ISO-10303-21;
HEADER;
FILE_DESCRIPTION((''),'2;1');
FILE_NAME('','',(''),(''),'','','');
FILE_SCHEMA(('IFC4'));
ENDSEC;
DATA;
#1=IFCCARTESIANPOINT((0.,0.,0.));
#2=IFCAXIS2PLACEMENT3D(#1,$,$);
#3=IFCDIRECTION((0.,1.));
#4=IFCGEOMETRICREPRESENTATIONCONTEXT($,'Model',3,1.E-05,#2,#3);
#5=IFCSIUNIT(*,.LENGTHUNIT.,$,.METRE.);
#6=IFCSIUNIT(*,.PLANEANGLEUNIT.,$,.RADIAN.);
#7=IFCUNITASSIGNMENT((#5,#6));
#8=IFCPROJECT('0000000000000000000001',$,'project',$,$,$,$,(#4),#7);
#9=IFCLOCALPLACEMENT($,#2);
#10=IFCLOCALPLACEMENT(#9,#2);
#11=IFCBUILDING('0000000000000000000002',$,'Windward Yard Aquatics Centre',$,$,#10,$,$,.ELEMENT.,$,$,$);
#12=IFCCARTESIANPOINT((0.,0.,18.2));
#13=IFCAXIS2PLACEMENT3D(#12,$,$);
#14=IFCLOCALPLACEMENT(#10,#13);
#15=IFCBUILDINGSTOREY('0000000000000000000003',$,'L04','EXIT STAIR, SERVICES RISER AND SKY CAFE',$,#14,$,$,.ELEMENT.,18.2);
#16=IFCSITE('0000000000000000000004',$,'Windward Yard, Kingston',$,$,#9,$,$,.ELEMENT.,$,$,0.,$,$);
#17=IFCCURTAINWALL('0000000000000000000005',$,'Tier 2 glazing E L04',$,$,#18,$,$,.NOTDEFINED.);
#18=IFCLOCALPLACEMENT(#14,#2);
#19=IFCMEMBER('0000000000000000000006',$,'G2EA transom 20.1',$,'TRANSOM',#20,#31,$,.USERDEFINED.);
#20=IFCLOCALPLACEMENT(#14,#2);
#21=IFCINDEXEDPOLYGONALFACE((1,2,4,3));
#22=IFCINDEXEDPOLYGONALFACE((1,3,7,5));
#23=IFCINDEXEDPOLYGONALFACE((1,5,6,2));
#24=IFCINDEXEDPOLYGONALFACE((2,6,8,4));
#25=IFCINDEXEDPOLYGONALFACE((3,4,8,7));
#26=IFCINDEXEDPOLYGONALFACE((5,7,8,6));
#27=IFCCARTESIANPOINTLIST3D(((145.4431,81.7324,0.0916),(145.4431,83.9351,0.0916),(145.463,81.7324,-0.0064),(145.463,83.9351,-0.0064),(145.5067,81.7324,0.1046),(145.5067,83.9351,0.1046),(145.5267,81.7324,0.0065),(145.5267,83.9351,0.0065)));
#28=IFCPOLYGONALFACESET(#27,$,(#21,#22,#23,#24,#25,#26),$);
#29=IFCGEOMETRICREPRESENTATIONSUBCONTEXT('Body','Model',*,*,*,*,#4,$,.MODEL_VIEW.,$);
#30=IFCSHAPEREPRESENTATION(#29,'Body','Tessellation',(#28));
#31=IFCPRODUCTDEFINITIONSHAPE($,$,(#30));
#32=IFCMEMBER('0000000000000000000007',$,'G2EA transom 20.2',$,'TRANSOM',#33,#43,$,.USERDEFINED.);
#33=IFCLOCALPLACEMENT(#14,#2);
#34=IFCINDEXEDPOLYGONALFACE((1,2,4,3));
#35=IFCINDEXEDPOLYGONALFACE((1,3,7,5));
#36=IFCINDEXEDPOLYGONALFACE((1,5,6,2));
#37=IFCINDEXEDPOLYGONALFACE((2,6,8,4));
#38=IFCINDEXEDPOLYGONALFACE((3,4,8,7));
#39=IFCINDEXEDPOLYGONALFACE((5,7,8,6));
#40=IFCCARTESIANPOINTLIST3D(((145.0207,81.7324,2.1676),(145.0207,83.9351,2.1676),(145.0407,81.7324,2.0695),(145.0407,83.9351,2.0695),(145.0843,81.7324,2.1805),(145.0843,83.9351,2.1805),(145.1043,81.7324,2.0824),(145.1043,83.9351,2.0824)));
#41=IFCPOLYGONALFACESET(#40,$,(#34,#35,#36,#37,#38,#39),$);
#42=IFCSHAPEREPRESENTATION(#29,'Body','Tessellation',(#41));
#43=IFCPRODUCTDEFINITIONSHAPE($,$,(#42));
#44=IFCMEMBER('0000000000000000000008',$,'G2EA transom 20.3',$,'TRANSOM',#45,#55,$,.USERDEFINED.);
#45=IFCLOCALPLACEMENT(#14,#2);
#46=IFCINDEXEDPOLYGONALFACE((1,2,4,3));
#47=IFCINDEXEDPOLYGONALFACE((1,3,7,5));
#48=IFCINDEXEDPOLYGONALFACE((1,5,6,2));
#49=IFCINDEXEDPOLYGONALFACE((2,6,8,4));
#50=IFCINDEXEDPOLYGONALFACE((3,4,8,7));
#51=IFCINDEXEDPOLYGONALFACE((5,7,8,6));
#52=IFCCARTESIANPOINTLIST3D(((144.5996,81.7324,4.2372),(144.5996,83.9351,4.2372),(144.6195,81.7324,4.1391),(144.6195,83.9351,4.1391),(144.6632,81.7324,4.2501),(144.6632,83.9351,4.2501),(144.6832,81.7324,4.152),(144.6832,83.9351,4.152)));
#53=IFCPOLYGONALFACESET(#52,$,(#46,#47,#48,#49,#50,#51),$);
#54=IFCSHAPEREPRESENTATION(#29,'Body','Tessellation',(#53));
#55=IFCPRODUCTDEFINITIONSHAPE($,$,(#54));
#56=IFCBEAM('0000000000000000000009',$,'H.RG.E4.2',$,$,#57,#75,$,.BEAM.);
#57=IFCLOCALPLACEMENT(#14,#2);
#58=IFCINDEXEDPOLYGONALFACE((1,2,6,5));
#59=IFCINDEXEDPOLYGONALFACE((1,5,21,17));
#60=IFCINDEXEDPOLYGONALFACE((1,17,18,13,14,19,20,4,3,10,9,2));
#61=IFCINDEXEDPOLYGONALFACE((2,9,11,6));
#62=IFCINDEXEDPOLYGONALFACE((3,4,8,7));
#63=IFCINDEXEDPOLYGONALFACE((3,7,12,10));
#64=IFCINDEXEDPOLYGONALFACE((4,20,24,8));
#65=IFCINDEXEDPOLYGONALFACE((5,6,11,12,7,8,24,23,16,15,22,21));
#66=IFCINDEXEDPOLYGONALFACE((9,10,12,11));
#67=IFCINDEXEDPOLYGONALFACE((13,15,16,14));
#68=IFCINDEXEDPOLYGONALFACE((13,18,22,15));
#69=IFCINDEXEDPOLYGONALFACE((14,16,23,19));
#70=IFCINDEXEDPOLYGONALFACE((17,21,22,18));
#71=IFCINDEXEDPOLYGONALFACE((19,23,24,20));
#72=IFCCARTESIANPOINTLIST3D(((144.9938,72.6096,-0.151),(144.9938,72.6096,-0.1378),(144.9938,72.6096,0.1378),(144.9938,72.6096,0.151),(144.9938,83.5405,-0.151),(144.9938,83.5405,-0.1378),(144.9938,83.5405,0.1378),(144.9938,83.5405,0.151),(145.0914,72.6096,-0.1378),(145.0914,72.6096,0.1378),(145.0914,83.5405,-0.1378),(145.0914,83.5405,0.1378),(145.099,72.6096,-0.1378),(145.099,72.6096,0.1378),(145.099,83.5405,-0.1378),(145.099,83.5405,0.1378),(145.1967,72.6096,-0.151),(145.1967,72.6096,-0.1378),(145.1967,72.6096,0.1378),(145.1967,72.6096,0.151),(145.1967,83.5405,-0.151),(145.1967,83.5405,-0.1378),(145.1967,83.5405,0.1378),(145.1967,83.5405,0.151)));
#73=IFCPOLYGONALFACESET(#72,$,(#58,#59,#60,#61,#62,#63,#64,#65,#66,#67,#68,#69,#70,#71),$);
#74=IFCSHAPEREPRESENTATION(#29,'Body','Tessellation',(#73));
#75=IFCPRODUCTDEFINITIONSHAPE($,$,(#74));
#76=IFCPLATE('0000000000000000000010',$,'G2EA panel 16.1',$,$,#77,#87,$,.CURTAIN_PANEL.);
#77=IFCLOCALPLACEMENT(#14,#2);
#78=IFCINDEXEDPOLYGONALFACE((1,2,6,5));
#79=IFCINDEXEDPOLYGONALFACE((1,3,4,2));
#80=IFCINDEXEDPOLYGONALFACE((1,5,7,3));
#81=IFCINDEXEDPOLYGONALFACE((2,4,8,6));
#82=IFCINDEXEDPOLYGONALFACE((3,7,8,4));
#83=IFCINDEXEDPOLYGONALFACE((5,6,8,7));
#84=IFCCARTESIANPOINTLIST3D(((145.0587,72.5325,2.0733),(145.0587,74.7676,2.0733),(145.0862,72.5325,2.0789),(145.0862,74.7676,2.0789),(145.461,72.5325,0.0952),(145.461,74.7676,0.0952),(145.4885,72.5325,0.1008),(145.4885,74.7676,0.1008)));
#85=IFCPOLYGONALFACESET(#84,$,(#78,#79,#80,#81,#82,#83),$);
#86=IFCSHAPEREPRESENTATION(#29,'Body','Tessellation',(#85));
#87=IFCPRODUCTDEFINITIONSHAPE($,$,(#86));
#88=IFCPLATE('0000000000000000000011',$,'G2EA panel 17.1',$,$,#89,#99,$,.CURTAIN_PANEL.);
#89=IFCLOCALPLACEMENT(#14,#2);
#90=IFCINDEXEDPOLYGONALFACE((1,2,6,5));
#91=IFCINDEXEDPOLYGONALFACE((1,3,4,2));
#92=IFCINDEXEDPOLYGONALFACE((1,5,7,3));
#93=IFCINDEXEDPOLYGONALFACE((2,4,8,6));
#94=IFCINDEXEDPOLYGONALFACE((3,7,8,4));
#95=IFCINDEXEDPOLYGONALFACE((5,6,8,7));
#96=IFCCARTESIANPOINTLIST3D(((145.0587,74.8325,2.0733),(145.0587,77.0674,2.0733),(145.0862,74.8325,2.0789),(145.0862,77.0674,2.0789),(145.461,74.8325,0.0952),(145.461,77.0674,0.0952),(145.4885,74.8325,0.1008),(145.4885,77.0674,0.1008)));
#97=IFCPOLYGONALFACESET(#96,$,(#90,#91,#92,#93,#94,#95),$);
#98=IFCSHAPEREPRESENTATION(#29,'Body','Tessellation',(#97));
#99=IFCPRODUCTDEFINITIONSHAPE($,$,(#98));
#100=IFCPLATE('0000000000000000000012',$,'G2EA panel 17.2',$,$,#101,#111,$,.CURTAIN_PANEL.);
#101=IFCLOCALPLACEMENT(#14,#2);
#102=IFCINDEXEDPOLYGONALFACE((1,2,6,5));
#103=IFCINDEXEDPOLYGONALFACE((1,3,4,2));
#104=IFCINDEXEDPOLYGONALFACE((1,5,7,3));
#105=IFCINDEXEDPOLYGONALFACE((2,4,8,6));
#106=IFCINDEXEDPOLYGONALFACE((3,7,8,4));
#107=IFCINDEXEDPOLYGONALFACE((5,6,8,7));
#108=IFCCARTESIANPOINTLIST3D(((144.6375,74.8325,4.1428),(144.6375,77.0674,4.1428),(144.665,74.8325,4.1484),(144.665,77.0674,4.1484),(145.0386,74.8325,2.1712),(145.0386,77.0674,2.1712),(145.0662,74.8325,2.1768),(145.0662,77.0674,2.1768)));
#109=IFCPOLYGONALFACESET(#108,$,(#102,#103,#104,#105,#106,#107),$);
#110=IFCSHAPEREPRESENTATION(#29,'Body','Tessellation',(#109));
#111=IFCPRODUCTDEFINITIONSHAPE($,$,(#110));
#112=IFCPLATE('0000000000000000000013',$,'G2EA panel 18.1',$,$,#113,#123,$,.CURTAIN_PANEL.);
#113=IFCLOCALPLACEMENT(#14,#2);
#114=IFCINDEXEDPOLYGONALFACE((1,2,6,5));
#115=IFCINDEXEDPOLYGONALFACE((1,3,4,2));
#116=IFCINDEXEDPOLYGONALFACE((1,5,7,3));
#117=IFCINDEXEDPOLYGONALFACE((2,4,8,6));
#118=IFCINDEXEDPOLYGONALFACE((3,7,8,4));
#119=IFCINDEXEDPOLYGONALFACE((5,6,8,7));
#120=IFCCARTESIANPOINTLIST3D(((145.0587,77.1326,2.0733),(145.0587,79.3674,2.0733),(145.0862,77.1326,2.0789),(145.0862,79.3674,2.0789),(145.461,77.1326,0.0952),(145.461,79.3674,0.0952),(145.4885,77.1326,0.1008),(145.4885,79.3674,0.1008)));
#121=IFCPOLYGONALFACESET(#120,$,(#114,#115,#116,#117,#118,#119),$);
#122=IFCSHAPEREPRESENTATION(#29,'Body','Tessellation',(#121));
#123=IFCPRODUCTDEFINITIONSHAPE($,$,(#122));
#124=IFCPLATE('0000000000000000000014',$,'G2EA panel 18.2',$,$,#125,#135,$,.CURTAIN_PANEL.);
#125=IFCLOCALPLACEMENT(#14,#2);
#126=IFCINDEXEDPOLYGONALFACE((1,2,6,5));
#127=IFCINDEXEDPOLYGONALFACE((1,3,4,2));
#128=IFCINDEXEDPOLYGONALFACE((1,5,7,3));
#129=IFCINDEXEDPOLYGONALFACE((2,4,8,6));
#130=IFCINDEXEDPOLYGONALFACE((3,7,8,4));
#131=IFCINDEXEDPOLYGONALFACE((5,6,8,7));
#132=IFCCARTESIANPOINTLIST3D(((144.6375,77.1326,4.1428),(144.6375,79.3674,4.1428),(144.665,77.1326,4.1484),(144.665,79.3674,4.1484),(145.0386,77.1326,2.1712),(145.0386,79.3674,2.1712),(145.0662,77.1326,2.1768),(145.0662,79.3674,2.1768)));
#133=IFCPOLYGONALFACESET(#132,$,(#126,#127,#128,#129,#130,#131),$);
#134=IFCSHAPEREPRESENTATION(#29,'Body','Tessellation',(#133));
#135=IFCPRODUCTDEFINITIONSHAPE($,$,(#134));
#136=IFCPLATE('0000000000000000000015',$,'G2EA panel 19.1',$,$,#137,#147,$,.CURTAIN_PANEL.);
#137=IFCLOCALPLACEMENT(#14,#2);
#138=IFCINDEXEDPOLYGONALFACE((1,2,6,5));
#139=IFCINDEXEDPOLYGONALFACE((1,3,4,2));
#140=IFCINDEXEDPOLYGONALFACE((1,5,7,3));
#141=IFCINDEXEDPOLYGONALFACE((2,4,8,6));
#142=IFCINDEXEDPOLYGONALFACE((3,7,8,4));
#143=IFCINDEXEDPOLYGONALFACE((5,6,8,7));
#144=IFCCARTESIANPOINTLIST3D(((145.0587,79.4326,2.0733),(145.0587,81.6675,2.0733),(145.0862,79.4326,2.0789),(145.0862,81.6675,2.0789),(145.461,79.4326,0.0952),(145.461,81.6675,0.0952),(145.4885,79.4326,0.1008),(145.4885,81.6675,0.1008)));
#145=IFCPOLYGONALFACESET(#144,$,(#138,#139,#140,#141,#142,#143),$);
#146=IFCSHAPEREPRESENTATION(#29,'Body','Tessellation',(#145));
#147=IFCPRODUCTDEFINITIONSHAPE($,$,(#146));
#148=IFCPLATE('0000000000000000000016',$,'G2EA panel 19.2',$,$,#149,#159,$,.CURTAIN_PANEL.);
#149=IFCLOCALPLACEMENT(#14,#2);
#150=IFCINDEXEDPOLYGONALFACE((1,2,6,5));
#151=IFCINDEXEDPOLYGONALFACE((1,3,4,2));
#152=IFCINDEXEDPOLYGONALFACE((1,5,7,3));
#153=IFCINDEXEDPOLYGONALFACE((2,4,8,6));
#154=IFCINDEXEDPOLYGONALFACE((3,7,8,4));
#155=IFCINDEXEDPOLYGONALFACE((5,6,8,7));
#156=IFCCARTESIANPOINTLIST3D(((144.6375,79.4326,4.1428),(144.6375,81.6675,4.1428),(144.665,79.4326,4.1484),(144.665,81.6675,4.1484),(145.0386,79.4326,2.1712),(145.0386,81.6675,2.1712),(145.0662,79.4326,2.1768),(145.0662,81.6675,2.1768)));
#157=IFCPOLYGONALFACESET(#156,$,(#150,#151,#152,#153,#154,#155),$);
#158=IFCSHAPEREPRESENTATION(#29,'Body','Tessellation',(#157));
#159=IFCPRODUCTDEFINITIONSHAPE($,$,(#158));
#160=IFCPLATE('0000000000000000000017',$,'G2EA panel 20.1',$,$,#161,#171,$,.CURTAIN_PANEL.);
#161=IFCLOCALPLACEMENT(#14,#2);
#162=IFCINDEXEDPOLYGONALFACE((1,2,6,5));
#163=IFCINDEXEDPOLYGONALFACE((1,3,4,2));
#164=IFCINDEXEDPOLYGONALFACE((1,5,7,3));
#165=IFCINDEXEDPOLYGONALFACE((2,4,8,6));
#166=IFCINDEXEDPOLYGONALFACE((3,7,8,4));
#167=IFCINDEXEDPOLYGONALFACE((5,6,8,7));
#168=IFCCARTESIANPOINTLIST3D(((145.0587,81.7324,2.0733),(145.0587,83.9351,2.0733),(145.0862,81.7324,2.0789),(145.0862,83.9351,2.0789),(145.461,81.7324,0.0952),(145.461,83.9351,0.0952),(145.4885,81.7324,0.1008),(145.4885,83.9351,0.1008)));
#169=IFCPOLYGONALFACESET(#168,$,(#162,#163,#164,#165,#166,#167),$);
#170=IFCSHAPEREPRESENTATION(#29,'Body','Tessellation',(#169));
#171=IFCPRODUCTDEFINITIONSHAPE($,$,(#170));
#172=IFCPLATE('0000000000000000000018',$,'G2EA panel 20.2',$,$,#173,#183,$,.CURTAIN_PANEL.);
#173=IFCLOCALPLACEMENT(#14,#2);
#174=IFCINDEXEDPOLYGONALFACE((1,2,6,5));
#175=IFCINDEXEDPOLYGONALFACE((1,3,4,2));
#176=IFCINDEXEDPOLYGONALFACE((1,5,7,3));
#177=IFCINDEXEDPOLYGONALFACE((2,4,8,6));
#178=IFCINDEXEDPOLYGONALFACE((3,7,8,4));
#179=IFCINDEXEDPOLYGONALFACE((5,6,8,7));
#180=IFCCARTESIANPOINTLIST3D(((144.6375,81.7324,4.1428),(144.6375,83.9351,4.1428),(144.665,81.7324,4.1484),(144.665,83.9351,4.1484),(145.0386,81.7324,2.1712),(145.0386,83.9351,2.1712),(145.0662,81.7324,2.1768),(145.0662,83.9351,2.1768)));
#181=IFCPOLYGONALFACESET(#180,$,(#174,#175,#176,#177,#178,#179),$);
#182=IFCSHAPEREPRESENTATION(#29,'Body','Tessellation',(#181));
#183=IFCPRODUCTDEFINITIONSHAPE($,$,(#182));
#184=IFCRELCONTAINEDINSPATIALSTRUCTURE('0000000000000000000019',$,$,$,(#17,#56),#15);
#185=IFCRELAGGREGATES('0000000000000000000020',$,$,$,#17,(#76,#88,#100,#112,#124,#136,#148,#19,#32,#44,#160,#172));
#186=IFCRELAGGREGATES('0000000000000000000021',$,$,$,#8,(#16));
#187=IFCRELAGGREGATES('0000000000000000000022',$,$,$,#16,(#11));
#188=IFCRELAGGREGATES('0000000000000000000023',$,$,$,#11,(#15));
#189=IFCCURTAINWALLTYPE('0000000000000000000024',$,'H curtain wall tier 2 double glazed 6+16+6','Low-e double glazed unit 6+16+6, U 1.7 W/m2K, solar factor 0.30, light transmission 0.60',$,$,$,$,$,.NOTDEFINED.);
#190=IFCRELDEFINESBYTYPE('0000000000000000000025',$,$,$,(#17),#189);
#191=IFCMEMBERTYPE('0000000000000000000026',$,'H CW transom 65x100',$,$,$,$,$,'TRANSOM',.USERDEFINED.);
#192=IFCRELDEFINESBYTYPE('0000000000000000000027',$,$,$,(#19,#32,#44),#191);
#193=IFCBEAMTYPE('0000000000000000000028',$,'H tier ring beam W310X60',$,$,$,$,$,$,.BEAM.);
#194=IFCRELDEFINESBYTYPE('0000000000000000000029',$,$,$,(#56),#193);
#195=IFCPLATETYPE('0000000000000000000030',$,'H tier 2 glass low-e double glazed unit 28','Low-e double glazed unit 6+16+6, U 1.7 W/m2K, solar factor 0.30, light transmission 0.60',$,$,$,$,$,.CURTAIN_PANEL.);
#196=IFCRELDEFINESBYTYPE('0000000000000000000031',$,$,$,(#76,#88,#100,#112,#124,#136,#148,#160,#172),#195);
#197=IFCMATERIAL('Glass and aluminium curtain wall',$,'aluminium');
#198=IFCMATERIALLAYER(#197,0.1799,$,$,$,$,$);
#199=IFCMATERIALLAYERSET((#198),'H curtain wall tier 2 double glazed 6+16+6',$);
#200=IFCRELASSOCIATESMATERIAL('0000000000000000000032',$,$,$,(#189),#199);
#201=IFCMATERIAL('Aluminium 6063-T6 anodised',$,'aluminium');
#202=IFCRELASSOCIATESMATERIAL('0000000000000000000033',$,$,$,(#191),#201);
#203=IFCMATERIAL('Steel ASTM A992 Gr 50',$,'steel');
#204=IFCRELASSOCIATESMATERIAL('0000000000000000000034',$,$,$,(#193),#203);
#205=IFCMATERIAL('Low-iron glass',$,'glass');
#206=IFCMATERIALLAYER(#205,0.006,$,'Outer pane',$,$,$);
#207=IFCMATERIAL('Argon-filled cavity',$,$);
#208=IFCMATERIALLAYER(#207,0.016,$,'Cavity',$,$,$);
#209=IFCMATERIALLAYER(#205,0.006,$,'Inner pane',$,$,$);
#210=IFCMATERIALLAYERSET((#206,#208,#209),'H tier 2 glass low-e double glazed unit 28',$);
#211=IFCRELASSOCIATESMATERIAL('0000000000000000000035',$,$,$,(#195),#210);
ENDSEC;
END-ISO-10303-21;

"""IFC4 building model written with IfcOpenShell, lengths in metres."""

from ifc_helpers import new_model, si_unit, direction, frame, origin, origin_2d, place, context, subcontext, project, spatial, polyline, rectangle, i_section, outline, extrude, material, layer, layer_set, material_profile, profile_set, type_object, element, aggregate, save


model = new_model("IFC4")

# Units and contexts
model_context = context("Model", 3, precision=1e-05, world=origin(), true_north=direction((0.0, 1.0)))
body_context = subcontext(model_context, "Body", "Model", "MODEL_VIEW")
ifc_project = project(units=[si_unit("LENGTHUNIT", "METRE"), si_unit("PLANEANGLEUNIT", "RADIAN")], contexts=[model_context])

# Site, building, storey
site_placement = place(None, origin())
site = spatial("IfcSite", under=ifc_project, at=site_placement, Name="Windward Yard, Kingston", CompositionType="ELEMENT", RefElevation=0.0)
building_placement = place(site_placement, origin())
building = spatial("IfcBuilding", under=site, at=building_placement, Name="Windward Yard Aquatics Centre", CompositionType="ELEMENT")
storey_placement = place(building_placement, frame((0.0, 0.0, 18.2)))
storey = spatial("IfcBuildingStorey", under=building, at=storey_placement, Name="L04", Description="EXIT STAIR, SERVICES RISER AND SKY CAFE", CompositionType="ELEMENT", Elevation=18.2)

# Curtain wall, members
ifc_material_1 = material(Name="Glass and aluminium curtain wall", Category="aluminium")
ifc_layer_1 = layer(ifc_material_1, 0.1799)
ifc_layer_set_1 = layer_set([ifc_layer_1], Name="H curtain wall tier 2 double glazed 6+16+6")
curtain_wall_type = type_object("IfcCurtainWallType", Name="H curtain wall tier 2 double glazed 6+16+6", Description="Low-e double glazed unit 6+16+6, U 1.7 W/m2K, solar factor 0.30, light transmission 0.60", PredefinedType="NOTDEFINED", material=ifc_layer_set_1)
curtain_wall_placement = place(storey_placement, origin())
curtain_wall = element("IfcCurtainWall", 1, at=curtain_wall_placement, inside=storey, type_object=curtain_wall_type, Name="Tier 2 glazing E L04", PredefinedType="NOTDEFINED")
ifc_material_2 = material(Name="Aluminium 6063-T6 anodised", Category="aluminium")
ifc_material_profile_1 = material_profile(ifc_material_2, rectangle(XDim=0.0649, YDim=0.1001, at=origin_2d()), Name="H CW transom 65x100")
ifc_profile_set_1 = profile_set([ifc_material_profile_1], Name="Aluminium 6063-T6 anodised")
member_type = type_object("IfcMemberType", Name="H CW transom 65x100", ElementType="TRANSOM", PredefinedType="USERDEFINED", material=ifc_profile_set_1)
member_1_placement = place(storey_placement, frame((145.4849, 81.7324, 0.0491), z_axis=(0.0, 1.0, 0.0), x_axis=(0.979925, 0.0, 0.199368)))
member_1 = element("IfcMember", 2, at=member_1_placement, type_object=member_type, Name="G2EA transom 20.1", ObjectType="TRANSOM", PredefinedType="USERDEFINED", context=body_context, shape_type="SweptSolid", body=[
    extrude(rectangle(XDim=0.0649, YDim=0.1001, at=origin_2d()), origin(), (0.0, 0.0, 1.0), 2.2026),
])
member_2_placement = place(storey_placement, frame((145.0625, 81.7324, 2.125), z_axis=(0.0, 1.0, 0.0), x_axis=(0.979925, 0.0, 0.199368)))
member_2 = element("IfcMember", 3, at=member_2_placement, type_object=member_type, Name="G2EA transom 20.2", ObjectType="TRANSOM", PredefinedType="USERDEFINED", context=body_context, shape_type="SweptSolid", body=[
    extrude(rectangle(XDim=0.0649, YDim=0.1001, at=origin_2d()), origin(), (0.0, 0.0, 1.0), 2.2026),
])
member_3_placement = place(storey_placement, frame((144.6414, 81.7324, 4.1946), z_axis=(0.0, 1.0, 0.0), x_axis=(0.979925, 0.0, 0.199368)))
member_3 = element("IfcMember", 4, at=member_3_placement, type_object=member_type, Name="G2EA transom 20.3", ObjectType="TRANSOM", PredefinedType="USERDEFINED", context=body_context, shape_type="SweptSolid", body=[
    extrude(rectangle(XDim=0.0649, YDim=0.1001, at=origin_2d()), origin(), (0.0, 0.0, 1.0), 2.2026),
])

# Beam
ifc_material_3 = material(Name="Steel ASTM A992 Gr 50", Category="steel")
ifc_material_profile_2 = material_profile(ifc_material_3, i_section(OverallWidth=0.2029, OverallDepth=0.302, WebThickness=0.0076, FlangeThickness=0.0132, at=origin_2d()), Name="W310X60")
ifc_profile_set_2 = profile_set([ifc_material_profile_2], Name="Steel ASTM A992 Gr 50")
beam_type = type_object("IfcBeamType", Name="H tier ring beam W310X60", PredefinedType="BEAM", material=ifc_profile_set_2)
beam_placement = place(storey_placement, frame((145.0952, 72.6096, 0.0), z_axis=(0.0, 1.0, 0.0), x_axis=(-1.0, 0.0, 0.0)))
element("IfcBeam", 5, at=beam_placement, inside=storey, type_object=beam_type, Name="H.RG.E4.2", PredefinedType="BEAM", context=body_context, shape_type="SweptSolid", body=[
    extrude(i_section(OverallWidth=0.2029, OverallDepth=0.302, WebThickness=0.0076, FlangeThickness=0.0132, at=origin_2d()), origin(), (0.0, 0.0, 1.0), 10.9309),
])

# Plates
ifc_material_4 = material(Name="Low-iron glass", Category="glass")
ifc_layer_2 = layer(ifc_material_4, 0.006, Name="Outer pane")
ifc_material_5 = material(Name="Argon-filled cavity")
ifc_layer_3 = layer(ifc_material_5, 0.016, Name="Cavity")
ifc_layer_4 = layer(ifc_material_4, 0.006, Name="Inner pane")
ifc_layer_set_2 = layer_set([ifc_layer_2, ifc_layer_3, ifc_layer_4], Name="H tier 2 glass low-e double glazed unit 28")
plate_type = type_object("IfcPlateType", Name="H tier 2 glass low-e double glazed unit 28", Description="Low-e double glazed unit 6+16+6, U 1.7 W/m2K, solar factor 0.30, light transmission 0.60", PredefinedType="CURTAIN_PANEL", material=ifc_layer_set_2)
plate_1_placement = place(storey_placement, frame((145.0862, 72.5325, 2.0789), z_axis=(0.979933, 0.0, 0.199325), x_axis=(0.199325, 0.0, -0.979933)))
plate_1 = element("IfcPlate", 6, at=plate_1_placement, type_object=plate_type, Name="G2EA panel 16.1", PredefinedType="CURTAIN_PANEL", context=body_context, shape_type="SweptSolid", body=[
    extrude(outline(polyline([(0.0, 0.0), (2.0185, 0.0), (2.0185, 2.2351), (0.0, 2.2351), (0.0, 0.0)])), origin(), (0.0, 0.0, -1.0), 0.0281),
])
plate_2_placement = place(storey_placement, frame((145.0862, 74.8325, 2.0789), z_axis=(0.979933, 0.0, 0.199325), x_axis=(0.199325, 0.0, -0.979933)))
plate_2 = element("IfcPlate", 7, at=plate_2_placement, type_object=plate_type, Name="G2EA panel 17.1", PredefinedType="CURTAIN_PANEL", context=body_context, shape_type="SweptSolid", body=[
    extrude(outline(polyline([(0.0, 0.0), (2.0185, 0.0), (2.0185, 2.2349), (0.0, 2.2349), (0.0, 0.0)])), origin(), (0.0, 0.0, -1.0), 0.0281),
])
plate_3_placement = place(storey_placement, frame((144.665, 74.8325, 4.1484), z_axis=(0.979927, 0.0, 0.199359), x_axis=(0.199359, 0.0, -0.979927)))
plate_3 = element("IfcPlate", 8, at=plate_3_placement, type_object=plate_type, Name="G2EA panel 17.2", PredefinedType="CURTAIN_PANEL", context=body_context, shape_type="SweptSolid", body=[
    extrude(outline(polyline([(0.0, 0.0), (2.0121, 0.0), (2.0121, 2.2349), (0.0, 2.2349), (0.0, 0.0)])), origin(), (0.0, 0.0, -1.0), 0.0281),
])
plate_4_placement = place(storey_placement, frame((145.0862, 77.1326, 2.0789), z_axis=(0.979933, 0.0, 0.199325), x_axis=(0.199325, 0.0, -0.979933)))
plate_4 = element("IfcPlate", 9, at=plate_4_placement, type_object=plate_type, Name="G2EA panel 18.1", PredefinedType="CURTAIN_PANEL", context=body_context, shape_type="SweptSolid", body=[
    extrude(outline(polyline([(0.0, 0.0), (2.0185, 0.0), (2.0185, 2.2349), (0.0, 2.2349), (0.0, 0.0)])), origin(), (0.0, 0.0, -1.0), 0.0281),
])
plate_5_placement = place(storey_placement, frame((144.665, 77.1326, 4.1484), z_axis=(0.979927, 0.0, 0.199359), x_axis=(0.199359, 0.0, -0.979927)))
plate_5 = element("IfcPlate", 10, at=plate_5_placement, type_object=plate_type, Name="G2EA panel 18.2", PredefinedType="CURTAIN_PANEL", context=body_context, shape_type="SweptSolid", body=[
    extrude(outline(polyline([(0.0, 0.0), (2.0121, 0.0), (2.0121, 2.2349), (0.0, 2.2349), (0.0, 0.0)])), origin(), (0.0, 0.0, -1.0), 0.0281),
])
plate_6_placement = place(storey_placement, frame((145.0862, 79.4326, 2.0789), z_axis=(0.979933, 0.0, 0.199325), x_axis=(0.199325, 0.0, -0.979933)))
plate_6 = element("IfcPlate", 11, at=plate_6_placement, type_object=plate_type, Name="G2EA panel 19.1", PredefinedType="CURTAIN_PANEL", context=body_context, shape_type="SweptSolid", body=[
    extrude(outline(polyline([(0.0, 0.0), (2.0185, 0.0), (2.0185, 2.2349), (0.0, 2.2349), (0.0, 0.0)])), origin(), (0.0, 0.0, -1.0), 0.0281),
])
plate_7_placement = place(storey_placement, frame((144.665, 79.4326, 4.1484), z_axis=(0.979927, 0.0, 0.199359), x_axis=(0.199359, 0.0, -0.979927)))
plate_7 = element("IfcPlate", 12, at=plate_7_placement, type_object=plate_type, Name="G2EA panel 19.2", PredefinedType="CURTAIN_PANEL", context=body_context, shape_type="SweptSolid", body=[
    extrude(outline(polyline([(0.0, 0.0), (2.0121, 0.0), (2.0121, 2.2349), (0.0, 2.2349), (0.0, 0.0)])), origin(), (0.0, 0.0, -1.0), 0.0281),
])
plate_8_placement = place(storey_placement, frame((145.0862, 81.7324, 2.0789), z_axis=(0.979933, 0.0, 0.199325), x_axis=(0.199325, 0.0, -0.979933)))
plate_8 = element("IfcPlate", 13, at=plate_8_placement, type_object=plate_type, Name="G2EA panel 20.1", PredefinedType="CURTAIN_PANEL", context=body_context, shape_type="SweptSolid", body=[
    extrude(outline(polyline([(0.0, 0.0), (2.0185, 0.0), (2.0185, 2.2026), (0.0, 2.2026), (0.0, 0.0)])), origin(), (0.0, 0.0, -1.0), 0.0281),
])
plate_9_placement = place(storey_placement, frame((144.665, 81.7324, 4.1484), z_axis=(0.979927, 0.0, 0.199359), x_axis=(0.199359, 0.0, -0.979927)))
plate_9 = element("IfcPlate", 14, at=plate_9_placement, type_object=plate_type, Name="G2EA panel 20.2", PredefinedType="CURTAIN_PANEL", context=body_context, shape_type="SweptSolid", body=[
    extrude(outline(polyline([(0.0, 0.0), (2.0121, 0.0), (2.0121, 2.2026), (0.0, 2.2026), (0.0, 0.0)])), origin(), (0.0, 0.0, -1.0), 0.0281),
])
aggregate(curtain_wall, [plate_1, plate_2, plate_3, plate_4, plate_5, plate_6, plate_7, member_1, member_2, member_3, plate_8, plate_9])

save(model, "model.ifc")
